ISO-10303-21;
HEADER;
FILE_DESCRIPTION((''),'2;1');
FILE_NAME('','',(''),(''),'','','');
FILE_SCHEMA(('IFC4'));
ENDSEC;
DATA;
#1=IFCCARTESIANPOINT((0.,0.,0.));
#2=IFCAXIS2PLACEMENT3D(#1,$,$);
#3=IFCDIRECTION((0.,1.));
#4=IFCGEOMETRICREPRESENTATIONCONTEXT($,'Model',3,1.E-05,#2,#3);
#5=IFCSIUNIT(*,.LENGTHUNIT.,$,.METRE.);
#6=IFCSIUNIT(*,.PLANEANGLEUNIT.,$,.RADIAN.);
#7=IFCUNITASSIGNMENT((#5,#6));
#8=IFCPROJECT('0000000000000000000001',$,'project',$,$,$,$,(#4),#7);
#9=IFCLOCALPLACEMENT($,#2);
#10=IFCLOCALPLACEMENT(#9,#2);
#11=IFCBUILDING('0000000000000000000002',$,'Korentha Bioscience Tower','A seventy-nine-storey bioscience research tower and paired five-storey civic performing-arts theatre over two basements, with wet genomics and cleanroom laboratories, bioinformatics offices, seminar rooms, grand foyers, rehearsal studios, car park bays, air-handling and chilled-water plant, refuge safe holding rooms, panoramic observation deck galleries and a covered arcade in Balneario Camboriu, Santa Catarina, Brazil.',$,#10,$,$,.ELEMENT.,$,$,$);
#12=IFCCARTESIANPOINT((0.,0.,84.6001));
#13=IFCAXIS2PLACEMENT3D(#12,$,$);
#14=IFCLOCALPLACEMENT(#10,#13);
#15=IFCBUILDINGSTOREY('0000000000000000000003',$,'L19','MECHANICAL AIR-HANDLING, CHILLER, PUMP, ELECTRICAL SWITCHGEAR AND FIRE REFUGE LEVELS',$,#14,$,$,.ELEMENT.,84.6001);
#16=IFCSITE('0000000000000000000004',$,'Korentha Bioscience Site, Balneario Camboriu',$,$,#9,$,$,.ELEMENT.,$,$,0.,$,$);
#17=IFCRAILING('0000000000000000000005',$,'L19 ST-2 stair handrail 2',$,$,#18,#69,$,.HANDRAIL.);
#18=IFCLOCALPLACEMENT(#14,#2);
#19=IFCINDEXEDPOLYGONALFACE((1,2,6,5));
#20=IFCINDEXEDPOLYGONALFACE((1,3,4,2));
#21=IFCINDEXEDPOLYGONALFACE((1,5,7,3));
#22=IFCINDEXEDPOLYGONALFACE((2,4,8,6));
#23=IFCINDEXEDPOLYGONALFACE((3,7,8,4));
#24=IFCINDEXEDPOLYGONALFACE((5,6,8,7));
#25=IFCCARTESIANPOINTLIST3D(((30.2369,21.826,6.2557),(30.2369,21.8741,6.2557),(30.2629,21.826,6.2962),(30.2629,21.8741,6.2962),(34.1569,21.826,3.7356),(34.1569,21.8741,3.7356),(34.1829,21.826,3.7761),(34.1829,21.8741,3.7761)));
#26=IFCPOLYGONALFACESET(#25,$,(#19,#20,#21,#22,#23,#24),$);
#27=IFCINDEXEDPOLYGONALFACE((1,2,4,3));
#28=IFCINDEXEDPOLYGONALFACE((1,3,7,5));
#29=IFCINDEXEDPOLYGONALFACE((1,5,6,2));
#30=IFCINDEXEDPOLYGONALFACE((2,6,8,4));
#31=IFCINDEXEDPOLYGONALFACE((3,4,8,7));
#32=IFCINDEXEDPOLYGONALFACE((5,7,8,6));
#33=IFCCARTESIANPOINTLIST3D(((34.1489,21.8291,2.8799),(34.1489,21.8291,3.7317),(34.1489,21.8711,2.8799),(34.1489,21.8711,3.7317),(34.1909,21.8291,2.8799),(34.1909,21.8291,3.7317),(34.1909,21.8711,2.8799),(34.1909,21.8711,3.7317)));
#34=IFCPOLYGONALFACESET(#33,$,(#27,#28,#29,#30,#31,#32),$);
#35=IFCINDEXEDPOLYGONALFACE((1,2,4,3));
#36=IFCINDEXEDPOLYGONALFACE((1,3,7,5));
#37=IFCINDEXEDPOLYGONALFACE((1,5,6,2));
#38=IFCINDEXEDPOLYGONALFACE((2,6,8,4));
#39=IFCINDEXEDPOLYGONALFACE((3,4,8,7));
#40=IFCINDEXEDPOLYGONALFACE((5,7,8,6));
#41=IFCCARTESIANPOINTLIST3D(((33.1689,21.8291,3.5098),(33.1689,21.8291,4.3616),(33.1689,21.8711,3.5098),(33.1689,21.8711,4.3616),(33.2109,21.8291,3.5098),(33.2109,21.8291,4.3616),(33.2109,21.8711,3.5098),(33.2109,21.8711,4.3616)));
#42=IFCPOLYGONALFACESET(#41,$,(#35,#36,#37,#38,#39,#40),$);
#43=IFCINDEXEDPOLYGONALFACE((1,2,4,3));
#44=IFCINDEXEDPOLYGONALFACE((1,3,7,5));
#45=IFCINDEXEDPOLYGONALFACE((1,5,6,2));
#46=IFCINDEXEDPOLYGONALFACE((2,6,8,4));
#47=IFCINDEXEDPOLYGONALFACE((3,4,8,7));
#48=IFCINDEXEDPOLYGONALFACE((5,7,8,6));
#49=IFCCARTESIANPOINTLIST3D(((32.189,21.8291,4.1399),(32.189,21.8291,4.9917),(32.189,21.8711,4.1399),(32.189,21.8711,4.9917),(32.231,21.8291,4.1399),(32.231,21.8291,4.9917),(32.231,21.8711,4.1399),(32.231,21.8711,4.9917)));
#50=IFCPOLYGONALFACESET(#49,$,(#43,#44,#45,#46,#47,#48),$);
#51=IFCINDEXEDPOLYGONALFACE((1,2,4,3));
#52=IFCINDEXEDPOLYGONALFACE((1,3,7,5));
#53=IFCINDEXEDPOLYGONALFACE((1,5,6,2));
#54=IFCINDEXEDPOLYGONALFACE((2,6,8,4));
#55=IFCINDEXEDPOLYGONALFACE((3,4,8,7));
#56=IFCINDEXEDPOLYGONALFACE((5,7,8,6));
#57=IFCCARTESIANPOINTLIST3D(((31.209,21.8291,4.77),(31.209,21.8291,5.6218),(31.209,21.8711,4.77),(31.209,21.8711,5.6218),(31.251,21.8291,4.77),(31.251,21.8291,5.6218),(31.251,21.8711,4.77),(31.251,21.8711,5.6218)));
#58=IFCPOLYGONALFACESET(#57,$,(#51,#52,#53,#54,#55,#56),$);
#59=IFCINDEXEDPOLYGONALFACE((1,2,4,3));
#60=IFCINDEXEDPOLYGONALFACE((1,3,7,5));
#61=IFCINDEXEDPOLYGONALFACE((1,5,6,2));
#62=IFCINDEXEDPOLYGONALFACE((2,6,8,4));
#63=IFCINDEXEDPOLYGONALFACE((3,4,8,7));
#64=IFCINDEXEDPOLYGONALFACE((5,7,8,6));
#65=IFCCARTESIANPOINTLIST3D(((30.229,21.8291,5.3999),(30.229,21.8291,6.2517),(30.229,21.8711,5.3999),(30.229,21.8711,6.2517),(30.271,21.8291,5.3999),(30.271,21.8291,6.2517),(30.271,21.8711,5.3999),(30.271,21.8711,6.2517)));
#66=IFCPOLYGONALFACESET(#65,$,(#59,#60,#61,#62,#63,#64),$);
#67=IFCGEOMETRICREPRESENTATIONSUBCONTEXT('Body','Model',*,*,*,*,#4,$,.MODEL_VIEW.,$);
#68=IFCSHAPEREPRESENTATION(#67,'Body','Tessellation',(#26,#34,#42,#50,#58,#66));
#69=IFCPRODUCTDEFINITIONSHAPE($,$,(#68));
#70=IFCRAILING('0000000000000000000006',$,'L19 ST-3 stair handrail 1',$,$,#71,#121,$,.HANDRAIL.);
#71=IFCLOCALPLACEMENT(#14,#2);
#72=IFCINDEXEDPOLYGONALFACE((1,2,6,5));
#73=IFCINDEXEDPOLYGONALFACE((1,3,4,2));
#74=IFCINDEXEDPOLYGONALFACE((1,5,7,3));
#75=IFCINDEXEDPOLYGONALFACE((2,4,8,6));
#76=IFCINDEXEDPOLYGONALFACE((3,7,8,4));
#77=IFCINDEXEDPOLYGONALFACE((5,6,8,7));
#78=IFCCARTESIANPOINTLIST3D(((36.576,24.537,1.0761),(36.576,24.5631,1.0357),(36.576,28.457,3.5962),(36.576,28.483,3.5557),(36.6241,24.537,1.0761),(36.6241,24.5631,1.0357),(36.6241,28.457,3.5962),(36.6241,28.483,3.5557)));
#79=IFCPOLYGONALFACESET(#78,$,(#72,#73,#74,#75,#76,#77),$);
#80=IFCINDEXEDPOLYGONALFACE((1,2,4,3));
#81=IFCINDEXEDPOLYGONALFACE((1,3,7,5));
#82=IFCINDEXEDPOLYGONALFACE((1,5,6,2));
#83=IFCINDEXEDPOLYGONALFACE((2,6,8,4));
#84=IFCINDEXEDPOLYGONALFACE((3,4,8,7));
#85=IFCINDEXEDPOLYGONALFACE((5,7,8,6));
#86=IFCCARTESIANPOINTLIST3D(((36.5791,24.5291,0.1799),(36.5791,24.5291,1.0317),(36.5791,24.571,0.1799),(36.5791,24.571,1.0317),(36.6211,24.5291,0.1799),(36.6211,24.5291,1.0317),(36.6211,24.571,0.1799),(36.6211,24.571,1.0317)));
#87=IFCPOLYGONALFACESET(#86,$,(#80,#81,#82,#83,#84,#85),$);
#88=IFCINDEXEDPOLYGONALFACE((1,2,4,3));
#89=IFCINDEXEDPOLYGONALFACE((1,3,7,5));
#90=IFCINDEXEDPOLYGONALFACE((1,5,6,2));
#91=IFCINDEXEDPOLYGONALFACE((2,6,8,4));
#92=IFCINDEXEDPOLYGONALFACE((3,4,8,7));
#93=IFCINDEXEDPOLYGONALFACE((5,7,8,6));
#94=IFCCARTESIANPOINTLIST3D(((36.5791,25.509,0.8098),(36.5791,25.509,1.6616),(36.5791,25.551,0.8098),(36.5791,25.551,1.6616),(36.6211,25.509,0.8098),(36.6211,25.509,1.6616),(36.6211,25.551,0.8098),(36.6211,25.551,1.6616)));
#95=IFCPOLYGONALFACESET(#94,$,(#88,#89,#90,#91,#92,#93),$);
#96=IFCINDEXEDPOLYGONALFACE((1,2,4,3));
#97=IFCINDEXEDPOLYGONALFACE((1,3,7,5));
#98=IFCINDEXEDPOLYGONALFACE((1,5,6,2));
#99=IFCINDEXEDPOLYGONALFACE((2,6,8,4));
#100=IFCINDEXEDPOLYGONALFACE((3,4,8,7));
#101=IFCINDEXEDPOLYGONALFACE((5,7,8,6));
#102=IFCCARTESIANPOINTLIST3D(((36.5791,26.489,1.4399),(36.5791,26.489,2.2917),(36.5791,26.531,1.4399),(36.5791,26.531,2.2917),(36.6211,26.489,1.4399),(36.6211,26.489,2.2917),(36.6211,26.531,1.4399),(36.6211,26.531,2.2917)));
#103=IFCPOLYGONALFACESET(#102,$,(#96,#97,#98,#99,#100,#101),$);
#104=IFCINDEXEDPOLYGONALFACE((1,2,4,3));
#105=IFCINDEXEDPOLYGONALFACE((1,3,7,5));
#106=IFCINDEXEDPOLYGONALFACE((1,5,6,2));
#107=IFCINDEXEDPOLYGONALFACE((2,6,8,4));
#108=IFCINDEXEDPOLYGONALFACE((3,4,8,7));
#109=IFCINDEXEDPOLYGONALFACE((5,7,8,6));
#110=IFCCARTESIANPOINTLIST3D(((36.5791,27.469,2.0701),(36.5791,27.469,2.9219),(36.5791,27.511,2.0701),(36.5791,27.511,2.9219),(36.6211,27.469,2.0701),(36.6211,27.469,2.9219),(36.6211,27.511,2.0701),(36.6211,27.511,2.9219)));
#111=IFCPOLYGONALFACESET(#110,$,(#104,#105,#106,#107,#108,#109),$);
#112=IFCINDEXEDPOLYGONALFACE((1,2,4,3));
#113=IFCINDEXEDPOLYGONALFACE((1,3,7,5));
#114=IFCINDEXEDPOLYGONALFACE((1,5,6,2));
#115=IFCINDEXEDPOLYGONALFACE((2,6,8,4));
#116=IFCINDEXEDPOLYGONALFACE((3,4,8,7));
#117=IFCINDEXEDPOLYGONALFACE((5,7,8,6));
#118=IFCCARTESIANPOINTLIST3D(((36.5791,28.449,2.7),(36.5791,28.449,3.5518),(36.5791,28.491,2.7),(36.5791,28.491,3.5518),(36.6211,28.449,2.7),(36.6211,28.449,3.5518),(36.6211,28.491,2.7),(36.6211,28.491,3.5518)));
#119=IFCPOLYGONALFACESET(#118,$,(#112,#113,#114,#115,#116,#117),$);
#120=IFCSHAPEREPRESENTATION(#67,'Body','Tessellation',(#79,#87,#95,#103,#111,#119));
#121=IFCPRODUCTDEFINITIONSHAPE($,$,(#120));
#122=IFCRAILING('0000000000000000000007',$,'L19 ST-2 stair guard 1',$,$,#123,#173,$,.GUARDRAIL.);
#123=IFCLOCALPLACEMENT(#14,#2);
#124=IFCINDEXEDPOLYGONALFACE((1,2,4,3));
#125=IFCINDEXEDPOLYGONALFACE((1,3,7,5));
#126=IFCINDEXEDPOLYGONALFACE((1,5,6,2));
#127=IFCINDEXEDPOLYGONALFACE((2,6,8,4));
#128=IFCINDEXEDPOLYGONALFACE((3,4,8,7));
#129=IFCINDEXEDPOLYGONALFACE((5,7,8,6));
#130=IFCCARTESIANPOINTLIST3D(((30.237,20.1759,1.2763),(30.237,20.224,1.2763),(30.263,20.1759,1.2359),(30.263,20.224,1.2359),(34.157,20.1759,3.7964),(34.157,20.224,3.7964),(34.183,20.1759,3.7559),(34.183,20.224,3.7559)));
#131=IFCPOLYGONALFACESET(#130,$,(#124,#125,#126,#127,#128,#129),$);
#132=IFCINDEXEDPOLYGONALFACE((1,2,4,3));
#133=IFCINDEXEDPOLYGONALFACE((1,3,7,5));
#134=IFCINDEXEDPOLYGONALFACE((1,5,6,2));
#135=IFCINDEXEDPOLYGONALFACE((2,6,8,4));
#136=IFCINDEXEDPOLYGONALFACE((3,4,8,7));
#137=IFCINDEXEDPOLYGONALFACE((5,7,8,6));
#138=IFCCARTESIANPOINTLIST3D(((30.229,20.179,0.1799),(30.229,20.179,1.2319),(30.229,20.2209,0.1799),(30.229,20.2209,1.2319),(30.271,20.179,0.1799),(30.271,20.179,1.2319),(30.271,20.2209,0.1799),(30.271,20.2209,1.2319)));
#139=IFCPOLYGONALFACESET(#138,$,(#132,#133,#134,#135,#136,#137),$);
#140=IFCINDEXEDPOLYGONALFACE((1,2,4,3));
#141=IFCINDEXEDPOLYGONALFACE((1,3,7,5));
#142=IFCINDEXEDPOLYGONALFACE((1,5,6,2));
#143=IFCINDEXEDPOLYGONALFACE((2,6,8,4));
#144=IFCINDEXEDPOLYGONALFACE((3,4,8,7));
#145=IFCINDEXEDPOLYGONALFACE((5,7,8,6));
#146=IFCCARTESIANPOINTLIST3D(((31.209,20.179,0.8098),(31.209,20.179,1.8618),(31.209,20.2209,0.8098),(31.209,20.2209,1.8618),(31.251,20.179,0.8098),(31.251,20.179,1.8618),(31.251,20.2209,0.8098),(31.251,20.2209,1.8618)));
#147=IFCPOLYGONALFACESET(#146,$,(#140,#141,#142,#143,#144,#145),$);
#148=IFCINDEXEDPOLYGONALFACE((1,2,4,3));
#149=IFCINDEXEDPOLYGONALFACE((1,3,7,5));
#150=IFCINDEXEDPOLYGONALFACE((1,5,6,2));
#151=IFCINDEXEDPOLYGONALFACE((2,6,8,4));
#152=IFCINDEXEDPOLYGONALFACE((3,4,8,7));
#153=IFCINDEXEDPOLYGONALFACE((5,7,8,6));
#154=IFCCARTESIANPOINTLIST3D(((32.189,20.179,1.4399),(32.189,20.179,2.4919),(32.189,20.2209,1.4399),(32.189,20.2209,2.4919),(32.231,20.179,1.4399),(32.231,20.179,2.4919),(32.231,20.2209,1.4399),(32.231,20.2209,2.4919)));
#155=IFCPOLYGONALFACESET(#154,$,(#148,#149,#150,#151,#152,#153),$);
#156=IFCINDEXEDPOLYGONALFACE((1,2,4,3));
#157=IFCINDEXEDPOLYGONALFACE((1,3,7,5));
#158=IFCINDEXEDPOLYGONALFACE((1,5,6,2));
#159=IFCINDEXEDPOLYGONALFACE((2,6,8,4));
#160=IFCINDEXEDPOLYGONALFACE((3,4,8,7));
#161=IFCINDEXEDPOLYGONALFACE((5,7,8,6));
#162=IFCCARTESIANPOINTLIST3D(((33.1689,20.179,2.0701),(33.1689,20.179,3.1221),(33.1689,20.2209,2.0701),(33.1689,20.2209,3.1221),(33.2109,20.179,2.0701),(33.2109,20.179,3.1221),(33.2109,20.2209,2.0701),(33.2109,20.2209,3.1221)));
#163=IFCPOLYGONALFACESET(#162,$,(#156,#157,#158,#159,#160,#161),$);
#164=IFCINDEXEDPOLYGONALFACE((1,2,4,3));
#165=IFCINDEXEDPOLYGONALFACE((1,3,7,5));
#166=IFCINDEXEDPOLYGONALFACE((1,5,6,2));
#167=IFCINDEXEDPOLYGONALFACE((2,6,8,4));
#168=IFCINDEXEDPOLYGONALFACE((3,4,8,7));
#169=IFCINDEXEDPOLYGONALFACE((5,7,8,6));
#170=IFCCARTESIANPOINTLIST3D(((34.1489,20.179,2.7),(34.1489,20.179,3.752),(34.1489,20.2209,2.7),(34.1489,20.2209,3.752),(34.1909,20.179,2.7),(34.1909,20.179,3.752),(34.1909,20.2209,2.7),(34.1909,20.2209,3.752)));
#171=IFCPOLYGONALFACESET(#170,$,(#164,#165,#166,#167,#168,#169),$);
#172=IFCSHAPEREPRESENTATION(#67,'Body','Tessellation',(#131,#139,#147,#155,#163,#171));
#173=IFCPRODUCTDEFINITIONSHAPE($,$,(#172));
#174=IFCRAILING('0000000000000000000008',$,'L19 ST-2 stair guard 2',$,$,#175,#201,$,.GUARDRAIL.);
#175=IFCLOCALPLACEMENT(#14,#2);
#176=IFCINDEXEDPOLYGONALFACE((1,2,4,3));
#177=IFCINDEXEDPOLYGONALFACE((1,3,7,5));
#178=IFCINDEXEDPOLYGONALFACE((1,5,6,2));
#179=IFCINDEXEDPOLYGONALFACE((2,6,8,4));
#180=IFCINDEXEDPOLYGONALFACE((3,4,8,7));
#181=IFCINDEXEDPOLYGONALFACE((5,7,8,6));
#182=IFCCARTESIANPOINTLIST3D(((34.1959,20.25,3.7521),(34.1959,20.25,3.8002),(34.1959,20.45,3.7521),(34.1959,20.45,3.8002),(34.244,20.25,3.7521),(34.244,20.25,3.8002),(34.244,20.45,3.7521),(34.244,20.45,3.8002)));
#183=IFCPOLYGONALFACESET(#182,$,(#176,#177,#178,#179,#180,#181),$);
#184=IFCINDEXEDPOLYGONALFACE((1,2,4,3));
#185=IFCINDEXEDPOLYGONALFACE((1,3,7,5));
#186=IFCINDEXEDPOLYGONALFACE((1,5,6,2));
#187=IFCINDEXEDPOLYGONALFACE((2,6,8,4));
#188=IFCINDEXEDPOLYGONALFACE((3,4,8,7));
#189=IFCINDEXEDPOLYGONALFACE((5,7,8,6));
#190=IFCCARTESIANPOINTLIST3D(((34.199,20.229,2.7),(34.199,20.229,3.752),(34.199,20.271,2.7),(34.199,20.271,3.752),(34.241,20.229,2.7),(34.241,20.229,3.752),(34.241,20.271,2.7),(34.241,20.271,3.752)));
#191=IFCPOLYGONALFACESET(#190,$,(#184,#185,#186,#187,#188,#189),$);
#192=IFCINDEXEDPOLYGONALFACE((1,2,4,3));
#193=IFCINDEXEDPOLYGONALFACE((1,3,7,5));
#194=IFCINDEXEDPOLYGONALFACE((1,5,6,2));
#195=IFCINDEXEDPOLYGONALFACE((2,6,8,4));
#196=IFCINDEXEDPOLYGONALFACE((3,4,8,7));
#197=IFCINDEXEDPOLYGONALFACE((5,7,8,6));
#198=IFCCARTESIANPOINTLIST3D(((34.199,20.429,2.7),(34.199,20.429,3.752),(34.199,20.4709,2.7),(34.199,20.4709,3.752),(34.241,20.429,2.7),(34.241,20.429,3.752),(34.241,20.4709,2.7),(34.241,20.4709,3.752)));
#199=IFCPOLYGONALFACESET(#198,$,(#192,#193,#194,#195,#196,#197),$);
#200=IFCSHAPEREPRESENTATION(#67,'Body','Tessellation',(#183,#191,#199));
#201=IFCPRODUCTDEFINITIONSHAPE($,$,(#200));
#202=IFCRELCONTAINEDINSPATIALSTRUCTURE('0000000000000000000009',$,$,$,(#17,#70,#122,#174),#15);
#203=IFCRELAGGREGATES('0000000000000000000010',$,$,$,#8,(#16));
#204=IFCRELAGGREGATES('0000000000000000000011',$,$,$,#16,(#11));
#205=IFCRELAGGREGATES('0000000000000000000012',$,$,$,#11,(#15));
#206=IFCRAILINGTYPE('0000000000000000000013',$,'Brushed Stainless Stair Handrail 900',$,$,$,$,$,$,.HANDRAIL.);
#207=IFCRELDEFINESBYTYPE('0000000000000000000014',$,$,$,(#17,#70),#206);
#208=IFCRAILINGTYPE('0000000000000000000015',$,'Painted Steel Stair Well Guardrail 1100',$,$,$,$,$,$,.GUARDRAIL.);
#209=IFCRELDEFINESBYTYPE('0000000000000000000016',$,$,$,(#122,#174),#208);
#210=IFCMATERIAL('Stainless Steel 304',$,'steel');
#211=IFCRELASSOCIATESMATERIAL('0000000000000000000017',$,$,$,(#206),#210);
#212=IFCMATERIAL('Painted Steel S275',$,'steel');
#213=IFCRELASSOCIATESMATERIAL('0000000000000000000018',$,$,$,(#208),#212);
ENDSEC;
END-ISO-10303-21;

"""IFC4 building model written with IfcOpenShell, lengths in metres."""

from ifc_helpers import new_model, si_unit, direction, frame, origin, origin_2d, place, context, subcontext, project, spatial, rectangle, extrude, material, type_object, element, save


model = new_model("IFC4")

# Units and contexts
model_context = context("Model", 3, precision=1e-05, world=origin(), true_north=direction((0.0, 1.0)))
body_context = subcontext(model_context, "Body", "Model", "MODEL_VIEW")
ifc_project = project(units=[si_unit("LENGTHUNIT", "METRE"), si_unit("PLANEANGLEUNIT", "RADIAN")], contexts=[model_context])

# Site, building, storey
site_placement = place(None, origin())
site = spatial("IfcSite", under=ifc_project, at=site_placement, Name="Korentha Bioscience Site, Balneario Camboriu", CompositionType="ELEMENT", RefElevation=0.0)
building_placement = place(site_placement, origin())
building = spatial("IfcBuilding", under=site, at=building_placement, Name="Korentha Bioscience Tower", Description="A seventy-nine-storey bioscience research tower and paired five-storey civic performing-arts theatre over two basements, with wet genomics and cleanroom laboratories, bioinformatics offices, seminar rooms, grand foyers, rehearsal studios, car park bays, air-handling and chilled-water plant, refuge safe holding rooms, panoramic observation deck galleries and a covered arcade in Balneario Camboriu, Santa Catarina, Brazil.", CompositionType="ELEMENT")
storey_placement = place(building_placement, frame((0.0, 0.0, 84.6001)))
storey = spatial("IfcBuildingStorey", under=building, at=storey_placement, Name="L19", Description="MECHANICAL AIR-HANDLING, CHILLER, PUMP, ELECTRICAL SWITCHGEAR AND FIRE REFUGE LEVELS", CompositionType="ELEMENT", Elevation=84.6001)

# Railings
ifc_material_1 = material(Name="Stainless Steel 304", Category="steel")
railing_type_1 = type_object("IfcRailingType", Name="Brushed Stainless Stair Handrail 900", PredefinedType="HANDRAIL", material=ifc_material_1)
railing_1_placement = place(storey_placement, frame((34.1699, 21.8501, 2.8799)))
element("IfcRailing", 1, at=railing_1_placement, inside=storey, type_object=railing_type_1, Name="L19 ST-2 stair handrail 2", PredefinedType="HANDRAIL", context=body_context, shape_type="SweptSolid", body=[
    extrude(rectangle(XDim=0.0481, YDim=0.0481, at=origin_2d()), frame((0.0, 0.0, 0.876), z_axis=(-0.841172, 0.0, 0.540768), x_axis=(0.0, -1.0, 0.0)), (0.0, 0.0, 1.0), 4.6602),
    extrude(rectangle(XDim=0.042, YDim=0.042, at=origin_2d()), origin(), (0.0, 0.0, 1.0), 0.8518),
    extrude(rectangle(XDim=0.042, YDim=0.042, at=origin_2d()), frame((-0.98, 0.0, 0.6299)), (0.0, 0.0, 1.0), 0.8518),
    extrude(rectangle(XDim=0.042, YDim=0.042, at=origin_2d()), frame((-1.96, 0.0, 1.26)), (0.0, 0.0, 1.0), 0.8518),
    extrude(rectangle(XDim=0.042, YDim=0.042, at=origin_2d()), frame((-2.9399, 0.0, 1.8901)), (0.0, 0.0, 1.0), 0.8518),
    extrude(rectangle(XDim=0.042, YDim=0.042, at=origin_2d()), frame((-3.9199, 0.0, 2.52)), (0.0, 0.0, 1.0), 0.8518),
])
railing_2_placement = place(storey_placement, frame((36.6001, 24.55, 0.1799)))
element("IfcRailing", 2, at=railing_2_placement, inside=storey, type_object=railing_type_1, Name="L19 ST-3 stair handrail 1", PredefinedType="HANDRAIL", context=body_context, shape_type="SweptSolid", body=[
    extrude(rectangle(XDim=0.0481, YDim=0.0481, at=origin_2d()), frame((0.0, 0.0, 0.876), z_axis=(0.0, 0.841172, 0.540768), x_axis=(-1.0, 0.0, 0.0)), (0.0, 0.0, 1.0), 4.6602),
    extrude(rectangle(XDim=0.042, YDim=0.042, at=origin_2d()), origin(), (0.0, 0.0, 1.0), 0.8518),
    extrude(rectangle(XDim=0.042, YDim=0.042, at=origin_2d()), frame((0.0, 0.98, 0.6299)), (0.0, 0.0, 1.0), 0.8518),
    extrude(rectangle(XDim=0.042, YDim=0.042, at=origin_2d()), frame((0.0, 1.96, 1.26)), (0.0, 0.0, 1.0), 0.8518),
    extrude(rectangle(XDim=0.042, YDim=0.042, at=origin_2d()), frame((0.0, 2.9399, 1.8901)), (0.0, 0.0, 1.0), 0.8518),
    extrude(rectangle(XDim=0.042, YDim=0.042, at=origin_2d()), frame((0.0, 3.9199, 2.52)), (0.0, 0.0, 1.0), 0.8518),
])
ifc_material_2 = material(Name="Painted Steel S275", Category="steel")
railing_type_2 = type_object("IfcRailingType", Name="Painted Steel Stair Well Guardrail 1100", PredefinedType="GUARDRAIL", material=ifc_material_2)
railing_3_placement = place(storey_placement, frame((30.25, 20.2, 0.1799)))
element("IfcRailing", 3, at=railing_3_placement, inside=storey, type_object=railing_type_2, Name="L19 ST-2 stair guard 1", PredefinedType="GUARDRAIL", context=body_context, shape_type="SweptSolid", body=[
    extrude(rectangle(XDim=0.0481, YDim=0.0481, at=origin_2d()), frame((0.0, 0.0, 1.0762), z_axis=(0.841172, 0.0, 0.540768), x_axis=(0.0, 1.0, 0.0)), (0.0, 0.0, 1.0), 4.6602),
    extrude(rectangle(XDim=0.042, YDim=0.042, at=origin_2d()), origin(), (0.0, 0.0, 1.0), 1.052),
    extrude(rectangle(XDim=0.042, YDim=0.042, at=origin_2d()), frame((0.98, 0.0, 0.6299)), (0.0, 0.0, 1.0), 1.052),
    extrude(rectangle(XDim=0.042, YDim=0.042, at=origin_2d()), frame((1.96, 0.0, 1.26)), (0.0, 0.0, 1.0), 1.052),
    extrude(rectangle(XDim=0.042, YDim=0.042, at=origin_2d()), frame((2.9399, 0.0, 1.8901)), (0.0, 0.0, 1.0), 1.052),
    extrude(rectangle(XDim=0.042, YDim=0.042, at=origin_2d()), frame((3.9199, 0.0, 2.52)), (0.0, 0.0, 1.0), 1.052),
])
railing_4_placement = place(storey_placement, frame((34.22, 20.25, 2.7)))
element("IfcRailing", 4, at=railing_4_placement, inside=storey, type_object=railing_type_2, Name="L19 ST-2 stair guard 2", PredefinedType="GUARDRAIL", context=body_context, shape_type="SweptSolid", body=[
    extrude(rectangle(XDim=0.0481, YDim=0.0481, at=origin_2d()), frame((0.0, 0.0, 1.0762), z_axis=(0.0, 1.0, 0.0), x_axis=(-1.0, 0.0, 0.0)), (0.0, 0.0, 1.0), 0.2),
    extrude(rectangle(XDim=0.042, YDim=0.042, at=origin_2d()), origin(), (0.0, 0.0, 1.0), 1.052),
    extrude(rectangle(XDim=0.042, YDim=0.042, at=origin_2d()), frame((0.0, 0.2, 0.0)), (0.0, 0.0, 1.0), 1.052),
])

save(model, "model.ifc")
